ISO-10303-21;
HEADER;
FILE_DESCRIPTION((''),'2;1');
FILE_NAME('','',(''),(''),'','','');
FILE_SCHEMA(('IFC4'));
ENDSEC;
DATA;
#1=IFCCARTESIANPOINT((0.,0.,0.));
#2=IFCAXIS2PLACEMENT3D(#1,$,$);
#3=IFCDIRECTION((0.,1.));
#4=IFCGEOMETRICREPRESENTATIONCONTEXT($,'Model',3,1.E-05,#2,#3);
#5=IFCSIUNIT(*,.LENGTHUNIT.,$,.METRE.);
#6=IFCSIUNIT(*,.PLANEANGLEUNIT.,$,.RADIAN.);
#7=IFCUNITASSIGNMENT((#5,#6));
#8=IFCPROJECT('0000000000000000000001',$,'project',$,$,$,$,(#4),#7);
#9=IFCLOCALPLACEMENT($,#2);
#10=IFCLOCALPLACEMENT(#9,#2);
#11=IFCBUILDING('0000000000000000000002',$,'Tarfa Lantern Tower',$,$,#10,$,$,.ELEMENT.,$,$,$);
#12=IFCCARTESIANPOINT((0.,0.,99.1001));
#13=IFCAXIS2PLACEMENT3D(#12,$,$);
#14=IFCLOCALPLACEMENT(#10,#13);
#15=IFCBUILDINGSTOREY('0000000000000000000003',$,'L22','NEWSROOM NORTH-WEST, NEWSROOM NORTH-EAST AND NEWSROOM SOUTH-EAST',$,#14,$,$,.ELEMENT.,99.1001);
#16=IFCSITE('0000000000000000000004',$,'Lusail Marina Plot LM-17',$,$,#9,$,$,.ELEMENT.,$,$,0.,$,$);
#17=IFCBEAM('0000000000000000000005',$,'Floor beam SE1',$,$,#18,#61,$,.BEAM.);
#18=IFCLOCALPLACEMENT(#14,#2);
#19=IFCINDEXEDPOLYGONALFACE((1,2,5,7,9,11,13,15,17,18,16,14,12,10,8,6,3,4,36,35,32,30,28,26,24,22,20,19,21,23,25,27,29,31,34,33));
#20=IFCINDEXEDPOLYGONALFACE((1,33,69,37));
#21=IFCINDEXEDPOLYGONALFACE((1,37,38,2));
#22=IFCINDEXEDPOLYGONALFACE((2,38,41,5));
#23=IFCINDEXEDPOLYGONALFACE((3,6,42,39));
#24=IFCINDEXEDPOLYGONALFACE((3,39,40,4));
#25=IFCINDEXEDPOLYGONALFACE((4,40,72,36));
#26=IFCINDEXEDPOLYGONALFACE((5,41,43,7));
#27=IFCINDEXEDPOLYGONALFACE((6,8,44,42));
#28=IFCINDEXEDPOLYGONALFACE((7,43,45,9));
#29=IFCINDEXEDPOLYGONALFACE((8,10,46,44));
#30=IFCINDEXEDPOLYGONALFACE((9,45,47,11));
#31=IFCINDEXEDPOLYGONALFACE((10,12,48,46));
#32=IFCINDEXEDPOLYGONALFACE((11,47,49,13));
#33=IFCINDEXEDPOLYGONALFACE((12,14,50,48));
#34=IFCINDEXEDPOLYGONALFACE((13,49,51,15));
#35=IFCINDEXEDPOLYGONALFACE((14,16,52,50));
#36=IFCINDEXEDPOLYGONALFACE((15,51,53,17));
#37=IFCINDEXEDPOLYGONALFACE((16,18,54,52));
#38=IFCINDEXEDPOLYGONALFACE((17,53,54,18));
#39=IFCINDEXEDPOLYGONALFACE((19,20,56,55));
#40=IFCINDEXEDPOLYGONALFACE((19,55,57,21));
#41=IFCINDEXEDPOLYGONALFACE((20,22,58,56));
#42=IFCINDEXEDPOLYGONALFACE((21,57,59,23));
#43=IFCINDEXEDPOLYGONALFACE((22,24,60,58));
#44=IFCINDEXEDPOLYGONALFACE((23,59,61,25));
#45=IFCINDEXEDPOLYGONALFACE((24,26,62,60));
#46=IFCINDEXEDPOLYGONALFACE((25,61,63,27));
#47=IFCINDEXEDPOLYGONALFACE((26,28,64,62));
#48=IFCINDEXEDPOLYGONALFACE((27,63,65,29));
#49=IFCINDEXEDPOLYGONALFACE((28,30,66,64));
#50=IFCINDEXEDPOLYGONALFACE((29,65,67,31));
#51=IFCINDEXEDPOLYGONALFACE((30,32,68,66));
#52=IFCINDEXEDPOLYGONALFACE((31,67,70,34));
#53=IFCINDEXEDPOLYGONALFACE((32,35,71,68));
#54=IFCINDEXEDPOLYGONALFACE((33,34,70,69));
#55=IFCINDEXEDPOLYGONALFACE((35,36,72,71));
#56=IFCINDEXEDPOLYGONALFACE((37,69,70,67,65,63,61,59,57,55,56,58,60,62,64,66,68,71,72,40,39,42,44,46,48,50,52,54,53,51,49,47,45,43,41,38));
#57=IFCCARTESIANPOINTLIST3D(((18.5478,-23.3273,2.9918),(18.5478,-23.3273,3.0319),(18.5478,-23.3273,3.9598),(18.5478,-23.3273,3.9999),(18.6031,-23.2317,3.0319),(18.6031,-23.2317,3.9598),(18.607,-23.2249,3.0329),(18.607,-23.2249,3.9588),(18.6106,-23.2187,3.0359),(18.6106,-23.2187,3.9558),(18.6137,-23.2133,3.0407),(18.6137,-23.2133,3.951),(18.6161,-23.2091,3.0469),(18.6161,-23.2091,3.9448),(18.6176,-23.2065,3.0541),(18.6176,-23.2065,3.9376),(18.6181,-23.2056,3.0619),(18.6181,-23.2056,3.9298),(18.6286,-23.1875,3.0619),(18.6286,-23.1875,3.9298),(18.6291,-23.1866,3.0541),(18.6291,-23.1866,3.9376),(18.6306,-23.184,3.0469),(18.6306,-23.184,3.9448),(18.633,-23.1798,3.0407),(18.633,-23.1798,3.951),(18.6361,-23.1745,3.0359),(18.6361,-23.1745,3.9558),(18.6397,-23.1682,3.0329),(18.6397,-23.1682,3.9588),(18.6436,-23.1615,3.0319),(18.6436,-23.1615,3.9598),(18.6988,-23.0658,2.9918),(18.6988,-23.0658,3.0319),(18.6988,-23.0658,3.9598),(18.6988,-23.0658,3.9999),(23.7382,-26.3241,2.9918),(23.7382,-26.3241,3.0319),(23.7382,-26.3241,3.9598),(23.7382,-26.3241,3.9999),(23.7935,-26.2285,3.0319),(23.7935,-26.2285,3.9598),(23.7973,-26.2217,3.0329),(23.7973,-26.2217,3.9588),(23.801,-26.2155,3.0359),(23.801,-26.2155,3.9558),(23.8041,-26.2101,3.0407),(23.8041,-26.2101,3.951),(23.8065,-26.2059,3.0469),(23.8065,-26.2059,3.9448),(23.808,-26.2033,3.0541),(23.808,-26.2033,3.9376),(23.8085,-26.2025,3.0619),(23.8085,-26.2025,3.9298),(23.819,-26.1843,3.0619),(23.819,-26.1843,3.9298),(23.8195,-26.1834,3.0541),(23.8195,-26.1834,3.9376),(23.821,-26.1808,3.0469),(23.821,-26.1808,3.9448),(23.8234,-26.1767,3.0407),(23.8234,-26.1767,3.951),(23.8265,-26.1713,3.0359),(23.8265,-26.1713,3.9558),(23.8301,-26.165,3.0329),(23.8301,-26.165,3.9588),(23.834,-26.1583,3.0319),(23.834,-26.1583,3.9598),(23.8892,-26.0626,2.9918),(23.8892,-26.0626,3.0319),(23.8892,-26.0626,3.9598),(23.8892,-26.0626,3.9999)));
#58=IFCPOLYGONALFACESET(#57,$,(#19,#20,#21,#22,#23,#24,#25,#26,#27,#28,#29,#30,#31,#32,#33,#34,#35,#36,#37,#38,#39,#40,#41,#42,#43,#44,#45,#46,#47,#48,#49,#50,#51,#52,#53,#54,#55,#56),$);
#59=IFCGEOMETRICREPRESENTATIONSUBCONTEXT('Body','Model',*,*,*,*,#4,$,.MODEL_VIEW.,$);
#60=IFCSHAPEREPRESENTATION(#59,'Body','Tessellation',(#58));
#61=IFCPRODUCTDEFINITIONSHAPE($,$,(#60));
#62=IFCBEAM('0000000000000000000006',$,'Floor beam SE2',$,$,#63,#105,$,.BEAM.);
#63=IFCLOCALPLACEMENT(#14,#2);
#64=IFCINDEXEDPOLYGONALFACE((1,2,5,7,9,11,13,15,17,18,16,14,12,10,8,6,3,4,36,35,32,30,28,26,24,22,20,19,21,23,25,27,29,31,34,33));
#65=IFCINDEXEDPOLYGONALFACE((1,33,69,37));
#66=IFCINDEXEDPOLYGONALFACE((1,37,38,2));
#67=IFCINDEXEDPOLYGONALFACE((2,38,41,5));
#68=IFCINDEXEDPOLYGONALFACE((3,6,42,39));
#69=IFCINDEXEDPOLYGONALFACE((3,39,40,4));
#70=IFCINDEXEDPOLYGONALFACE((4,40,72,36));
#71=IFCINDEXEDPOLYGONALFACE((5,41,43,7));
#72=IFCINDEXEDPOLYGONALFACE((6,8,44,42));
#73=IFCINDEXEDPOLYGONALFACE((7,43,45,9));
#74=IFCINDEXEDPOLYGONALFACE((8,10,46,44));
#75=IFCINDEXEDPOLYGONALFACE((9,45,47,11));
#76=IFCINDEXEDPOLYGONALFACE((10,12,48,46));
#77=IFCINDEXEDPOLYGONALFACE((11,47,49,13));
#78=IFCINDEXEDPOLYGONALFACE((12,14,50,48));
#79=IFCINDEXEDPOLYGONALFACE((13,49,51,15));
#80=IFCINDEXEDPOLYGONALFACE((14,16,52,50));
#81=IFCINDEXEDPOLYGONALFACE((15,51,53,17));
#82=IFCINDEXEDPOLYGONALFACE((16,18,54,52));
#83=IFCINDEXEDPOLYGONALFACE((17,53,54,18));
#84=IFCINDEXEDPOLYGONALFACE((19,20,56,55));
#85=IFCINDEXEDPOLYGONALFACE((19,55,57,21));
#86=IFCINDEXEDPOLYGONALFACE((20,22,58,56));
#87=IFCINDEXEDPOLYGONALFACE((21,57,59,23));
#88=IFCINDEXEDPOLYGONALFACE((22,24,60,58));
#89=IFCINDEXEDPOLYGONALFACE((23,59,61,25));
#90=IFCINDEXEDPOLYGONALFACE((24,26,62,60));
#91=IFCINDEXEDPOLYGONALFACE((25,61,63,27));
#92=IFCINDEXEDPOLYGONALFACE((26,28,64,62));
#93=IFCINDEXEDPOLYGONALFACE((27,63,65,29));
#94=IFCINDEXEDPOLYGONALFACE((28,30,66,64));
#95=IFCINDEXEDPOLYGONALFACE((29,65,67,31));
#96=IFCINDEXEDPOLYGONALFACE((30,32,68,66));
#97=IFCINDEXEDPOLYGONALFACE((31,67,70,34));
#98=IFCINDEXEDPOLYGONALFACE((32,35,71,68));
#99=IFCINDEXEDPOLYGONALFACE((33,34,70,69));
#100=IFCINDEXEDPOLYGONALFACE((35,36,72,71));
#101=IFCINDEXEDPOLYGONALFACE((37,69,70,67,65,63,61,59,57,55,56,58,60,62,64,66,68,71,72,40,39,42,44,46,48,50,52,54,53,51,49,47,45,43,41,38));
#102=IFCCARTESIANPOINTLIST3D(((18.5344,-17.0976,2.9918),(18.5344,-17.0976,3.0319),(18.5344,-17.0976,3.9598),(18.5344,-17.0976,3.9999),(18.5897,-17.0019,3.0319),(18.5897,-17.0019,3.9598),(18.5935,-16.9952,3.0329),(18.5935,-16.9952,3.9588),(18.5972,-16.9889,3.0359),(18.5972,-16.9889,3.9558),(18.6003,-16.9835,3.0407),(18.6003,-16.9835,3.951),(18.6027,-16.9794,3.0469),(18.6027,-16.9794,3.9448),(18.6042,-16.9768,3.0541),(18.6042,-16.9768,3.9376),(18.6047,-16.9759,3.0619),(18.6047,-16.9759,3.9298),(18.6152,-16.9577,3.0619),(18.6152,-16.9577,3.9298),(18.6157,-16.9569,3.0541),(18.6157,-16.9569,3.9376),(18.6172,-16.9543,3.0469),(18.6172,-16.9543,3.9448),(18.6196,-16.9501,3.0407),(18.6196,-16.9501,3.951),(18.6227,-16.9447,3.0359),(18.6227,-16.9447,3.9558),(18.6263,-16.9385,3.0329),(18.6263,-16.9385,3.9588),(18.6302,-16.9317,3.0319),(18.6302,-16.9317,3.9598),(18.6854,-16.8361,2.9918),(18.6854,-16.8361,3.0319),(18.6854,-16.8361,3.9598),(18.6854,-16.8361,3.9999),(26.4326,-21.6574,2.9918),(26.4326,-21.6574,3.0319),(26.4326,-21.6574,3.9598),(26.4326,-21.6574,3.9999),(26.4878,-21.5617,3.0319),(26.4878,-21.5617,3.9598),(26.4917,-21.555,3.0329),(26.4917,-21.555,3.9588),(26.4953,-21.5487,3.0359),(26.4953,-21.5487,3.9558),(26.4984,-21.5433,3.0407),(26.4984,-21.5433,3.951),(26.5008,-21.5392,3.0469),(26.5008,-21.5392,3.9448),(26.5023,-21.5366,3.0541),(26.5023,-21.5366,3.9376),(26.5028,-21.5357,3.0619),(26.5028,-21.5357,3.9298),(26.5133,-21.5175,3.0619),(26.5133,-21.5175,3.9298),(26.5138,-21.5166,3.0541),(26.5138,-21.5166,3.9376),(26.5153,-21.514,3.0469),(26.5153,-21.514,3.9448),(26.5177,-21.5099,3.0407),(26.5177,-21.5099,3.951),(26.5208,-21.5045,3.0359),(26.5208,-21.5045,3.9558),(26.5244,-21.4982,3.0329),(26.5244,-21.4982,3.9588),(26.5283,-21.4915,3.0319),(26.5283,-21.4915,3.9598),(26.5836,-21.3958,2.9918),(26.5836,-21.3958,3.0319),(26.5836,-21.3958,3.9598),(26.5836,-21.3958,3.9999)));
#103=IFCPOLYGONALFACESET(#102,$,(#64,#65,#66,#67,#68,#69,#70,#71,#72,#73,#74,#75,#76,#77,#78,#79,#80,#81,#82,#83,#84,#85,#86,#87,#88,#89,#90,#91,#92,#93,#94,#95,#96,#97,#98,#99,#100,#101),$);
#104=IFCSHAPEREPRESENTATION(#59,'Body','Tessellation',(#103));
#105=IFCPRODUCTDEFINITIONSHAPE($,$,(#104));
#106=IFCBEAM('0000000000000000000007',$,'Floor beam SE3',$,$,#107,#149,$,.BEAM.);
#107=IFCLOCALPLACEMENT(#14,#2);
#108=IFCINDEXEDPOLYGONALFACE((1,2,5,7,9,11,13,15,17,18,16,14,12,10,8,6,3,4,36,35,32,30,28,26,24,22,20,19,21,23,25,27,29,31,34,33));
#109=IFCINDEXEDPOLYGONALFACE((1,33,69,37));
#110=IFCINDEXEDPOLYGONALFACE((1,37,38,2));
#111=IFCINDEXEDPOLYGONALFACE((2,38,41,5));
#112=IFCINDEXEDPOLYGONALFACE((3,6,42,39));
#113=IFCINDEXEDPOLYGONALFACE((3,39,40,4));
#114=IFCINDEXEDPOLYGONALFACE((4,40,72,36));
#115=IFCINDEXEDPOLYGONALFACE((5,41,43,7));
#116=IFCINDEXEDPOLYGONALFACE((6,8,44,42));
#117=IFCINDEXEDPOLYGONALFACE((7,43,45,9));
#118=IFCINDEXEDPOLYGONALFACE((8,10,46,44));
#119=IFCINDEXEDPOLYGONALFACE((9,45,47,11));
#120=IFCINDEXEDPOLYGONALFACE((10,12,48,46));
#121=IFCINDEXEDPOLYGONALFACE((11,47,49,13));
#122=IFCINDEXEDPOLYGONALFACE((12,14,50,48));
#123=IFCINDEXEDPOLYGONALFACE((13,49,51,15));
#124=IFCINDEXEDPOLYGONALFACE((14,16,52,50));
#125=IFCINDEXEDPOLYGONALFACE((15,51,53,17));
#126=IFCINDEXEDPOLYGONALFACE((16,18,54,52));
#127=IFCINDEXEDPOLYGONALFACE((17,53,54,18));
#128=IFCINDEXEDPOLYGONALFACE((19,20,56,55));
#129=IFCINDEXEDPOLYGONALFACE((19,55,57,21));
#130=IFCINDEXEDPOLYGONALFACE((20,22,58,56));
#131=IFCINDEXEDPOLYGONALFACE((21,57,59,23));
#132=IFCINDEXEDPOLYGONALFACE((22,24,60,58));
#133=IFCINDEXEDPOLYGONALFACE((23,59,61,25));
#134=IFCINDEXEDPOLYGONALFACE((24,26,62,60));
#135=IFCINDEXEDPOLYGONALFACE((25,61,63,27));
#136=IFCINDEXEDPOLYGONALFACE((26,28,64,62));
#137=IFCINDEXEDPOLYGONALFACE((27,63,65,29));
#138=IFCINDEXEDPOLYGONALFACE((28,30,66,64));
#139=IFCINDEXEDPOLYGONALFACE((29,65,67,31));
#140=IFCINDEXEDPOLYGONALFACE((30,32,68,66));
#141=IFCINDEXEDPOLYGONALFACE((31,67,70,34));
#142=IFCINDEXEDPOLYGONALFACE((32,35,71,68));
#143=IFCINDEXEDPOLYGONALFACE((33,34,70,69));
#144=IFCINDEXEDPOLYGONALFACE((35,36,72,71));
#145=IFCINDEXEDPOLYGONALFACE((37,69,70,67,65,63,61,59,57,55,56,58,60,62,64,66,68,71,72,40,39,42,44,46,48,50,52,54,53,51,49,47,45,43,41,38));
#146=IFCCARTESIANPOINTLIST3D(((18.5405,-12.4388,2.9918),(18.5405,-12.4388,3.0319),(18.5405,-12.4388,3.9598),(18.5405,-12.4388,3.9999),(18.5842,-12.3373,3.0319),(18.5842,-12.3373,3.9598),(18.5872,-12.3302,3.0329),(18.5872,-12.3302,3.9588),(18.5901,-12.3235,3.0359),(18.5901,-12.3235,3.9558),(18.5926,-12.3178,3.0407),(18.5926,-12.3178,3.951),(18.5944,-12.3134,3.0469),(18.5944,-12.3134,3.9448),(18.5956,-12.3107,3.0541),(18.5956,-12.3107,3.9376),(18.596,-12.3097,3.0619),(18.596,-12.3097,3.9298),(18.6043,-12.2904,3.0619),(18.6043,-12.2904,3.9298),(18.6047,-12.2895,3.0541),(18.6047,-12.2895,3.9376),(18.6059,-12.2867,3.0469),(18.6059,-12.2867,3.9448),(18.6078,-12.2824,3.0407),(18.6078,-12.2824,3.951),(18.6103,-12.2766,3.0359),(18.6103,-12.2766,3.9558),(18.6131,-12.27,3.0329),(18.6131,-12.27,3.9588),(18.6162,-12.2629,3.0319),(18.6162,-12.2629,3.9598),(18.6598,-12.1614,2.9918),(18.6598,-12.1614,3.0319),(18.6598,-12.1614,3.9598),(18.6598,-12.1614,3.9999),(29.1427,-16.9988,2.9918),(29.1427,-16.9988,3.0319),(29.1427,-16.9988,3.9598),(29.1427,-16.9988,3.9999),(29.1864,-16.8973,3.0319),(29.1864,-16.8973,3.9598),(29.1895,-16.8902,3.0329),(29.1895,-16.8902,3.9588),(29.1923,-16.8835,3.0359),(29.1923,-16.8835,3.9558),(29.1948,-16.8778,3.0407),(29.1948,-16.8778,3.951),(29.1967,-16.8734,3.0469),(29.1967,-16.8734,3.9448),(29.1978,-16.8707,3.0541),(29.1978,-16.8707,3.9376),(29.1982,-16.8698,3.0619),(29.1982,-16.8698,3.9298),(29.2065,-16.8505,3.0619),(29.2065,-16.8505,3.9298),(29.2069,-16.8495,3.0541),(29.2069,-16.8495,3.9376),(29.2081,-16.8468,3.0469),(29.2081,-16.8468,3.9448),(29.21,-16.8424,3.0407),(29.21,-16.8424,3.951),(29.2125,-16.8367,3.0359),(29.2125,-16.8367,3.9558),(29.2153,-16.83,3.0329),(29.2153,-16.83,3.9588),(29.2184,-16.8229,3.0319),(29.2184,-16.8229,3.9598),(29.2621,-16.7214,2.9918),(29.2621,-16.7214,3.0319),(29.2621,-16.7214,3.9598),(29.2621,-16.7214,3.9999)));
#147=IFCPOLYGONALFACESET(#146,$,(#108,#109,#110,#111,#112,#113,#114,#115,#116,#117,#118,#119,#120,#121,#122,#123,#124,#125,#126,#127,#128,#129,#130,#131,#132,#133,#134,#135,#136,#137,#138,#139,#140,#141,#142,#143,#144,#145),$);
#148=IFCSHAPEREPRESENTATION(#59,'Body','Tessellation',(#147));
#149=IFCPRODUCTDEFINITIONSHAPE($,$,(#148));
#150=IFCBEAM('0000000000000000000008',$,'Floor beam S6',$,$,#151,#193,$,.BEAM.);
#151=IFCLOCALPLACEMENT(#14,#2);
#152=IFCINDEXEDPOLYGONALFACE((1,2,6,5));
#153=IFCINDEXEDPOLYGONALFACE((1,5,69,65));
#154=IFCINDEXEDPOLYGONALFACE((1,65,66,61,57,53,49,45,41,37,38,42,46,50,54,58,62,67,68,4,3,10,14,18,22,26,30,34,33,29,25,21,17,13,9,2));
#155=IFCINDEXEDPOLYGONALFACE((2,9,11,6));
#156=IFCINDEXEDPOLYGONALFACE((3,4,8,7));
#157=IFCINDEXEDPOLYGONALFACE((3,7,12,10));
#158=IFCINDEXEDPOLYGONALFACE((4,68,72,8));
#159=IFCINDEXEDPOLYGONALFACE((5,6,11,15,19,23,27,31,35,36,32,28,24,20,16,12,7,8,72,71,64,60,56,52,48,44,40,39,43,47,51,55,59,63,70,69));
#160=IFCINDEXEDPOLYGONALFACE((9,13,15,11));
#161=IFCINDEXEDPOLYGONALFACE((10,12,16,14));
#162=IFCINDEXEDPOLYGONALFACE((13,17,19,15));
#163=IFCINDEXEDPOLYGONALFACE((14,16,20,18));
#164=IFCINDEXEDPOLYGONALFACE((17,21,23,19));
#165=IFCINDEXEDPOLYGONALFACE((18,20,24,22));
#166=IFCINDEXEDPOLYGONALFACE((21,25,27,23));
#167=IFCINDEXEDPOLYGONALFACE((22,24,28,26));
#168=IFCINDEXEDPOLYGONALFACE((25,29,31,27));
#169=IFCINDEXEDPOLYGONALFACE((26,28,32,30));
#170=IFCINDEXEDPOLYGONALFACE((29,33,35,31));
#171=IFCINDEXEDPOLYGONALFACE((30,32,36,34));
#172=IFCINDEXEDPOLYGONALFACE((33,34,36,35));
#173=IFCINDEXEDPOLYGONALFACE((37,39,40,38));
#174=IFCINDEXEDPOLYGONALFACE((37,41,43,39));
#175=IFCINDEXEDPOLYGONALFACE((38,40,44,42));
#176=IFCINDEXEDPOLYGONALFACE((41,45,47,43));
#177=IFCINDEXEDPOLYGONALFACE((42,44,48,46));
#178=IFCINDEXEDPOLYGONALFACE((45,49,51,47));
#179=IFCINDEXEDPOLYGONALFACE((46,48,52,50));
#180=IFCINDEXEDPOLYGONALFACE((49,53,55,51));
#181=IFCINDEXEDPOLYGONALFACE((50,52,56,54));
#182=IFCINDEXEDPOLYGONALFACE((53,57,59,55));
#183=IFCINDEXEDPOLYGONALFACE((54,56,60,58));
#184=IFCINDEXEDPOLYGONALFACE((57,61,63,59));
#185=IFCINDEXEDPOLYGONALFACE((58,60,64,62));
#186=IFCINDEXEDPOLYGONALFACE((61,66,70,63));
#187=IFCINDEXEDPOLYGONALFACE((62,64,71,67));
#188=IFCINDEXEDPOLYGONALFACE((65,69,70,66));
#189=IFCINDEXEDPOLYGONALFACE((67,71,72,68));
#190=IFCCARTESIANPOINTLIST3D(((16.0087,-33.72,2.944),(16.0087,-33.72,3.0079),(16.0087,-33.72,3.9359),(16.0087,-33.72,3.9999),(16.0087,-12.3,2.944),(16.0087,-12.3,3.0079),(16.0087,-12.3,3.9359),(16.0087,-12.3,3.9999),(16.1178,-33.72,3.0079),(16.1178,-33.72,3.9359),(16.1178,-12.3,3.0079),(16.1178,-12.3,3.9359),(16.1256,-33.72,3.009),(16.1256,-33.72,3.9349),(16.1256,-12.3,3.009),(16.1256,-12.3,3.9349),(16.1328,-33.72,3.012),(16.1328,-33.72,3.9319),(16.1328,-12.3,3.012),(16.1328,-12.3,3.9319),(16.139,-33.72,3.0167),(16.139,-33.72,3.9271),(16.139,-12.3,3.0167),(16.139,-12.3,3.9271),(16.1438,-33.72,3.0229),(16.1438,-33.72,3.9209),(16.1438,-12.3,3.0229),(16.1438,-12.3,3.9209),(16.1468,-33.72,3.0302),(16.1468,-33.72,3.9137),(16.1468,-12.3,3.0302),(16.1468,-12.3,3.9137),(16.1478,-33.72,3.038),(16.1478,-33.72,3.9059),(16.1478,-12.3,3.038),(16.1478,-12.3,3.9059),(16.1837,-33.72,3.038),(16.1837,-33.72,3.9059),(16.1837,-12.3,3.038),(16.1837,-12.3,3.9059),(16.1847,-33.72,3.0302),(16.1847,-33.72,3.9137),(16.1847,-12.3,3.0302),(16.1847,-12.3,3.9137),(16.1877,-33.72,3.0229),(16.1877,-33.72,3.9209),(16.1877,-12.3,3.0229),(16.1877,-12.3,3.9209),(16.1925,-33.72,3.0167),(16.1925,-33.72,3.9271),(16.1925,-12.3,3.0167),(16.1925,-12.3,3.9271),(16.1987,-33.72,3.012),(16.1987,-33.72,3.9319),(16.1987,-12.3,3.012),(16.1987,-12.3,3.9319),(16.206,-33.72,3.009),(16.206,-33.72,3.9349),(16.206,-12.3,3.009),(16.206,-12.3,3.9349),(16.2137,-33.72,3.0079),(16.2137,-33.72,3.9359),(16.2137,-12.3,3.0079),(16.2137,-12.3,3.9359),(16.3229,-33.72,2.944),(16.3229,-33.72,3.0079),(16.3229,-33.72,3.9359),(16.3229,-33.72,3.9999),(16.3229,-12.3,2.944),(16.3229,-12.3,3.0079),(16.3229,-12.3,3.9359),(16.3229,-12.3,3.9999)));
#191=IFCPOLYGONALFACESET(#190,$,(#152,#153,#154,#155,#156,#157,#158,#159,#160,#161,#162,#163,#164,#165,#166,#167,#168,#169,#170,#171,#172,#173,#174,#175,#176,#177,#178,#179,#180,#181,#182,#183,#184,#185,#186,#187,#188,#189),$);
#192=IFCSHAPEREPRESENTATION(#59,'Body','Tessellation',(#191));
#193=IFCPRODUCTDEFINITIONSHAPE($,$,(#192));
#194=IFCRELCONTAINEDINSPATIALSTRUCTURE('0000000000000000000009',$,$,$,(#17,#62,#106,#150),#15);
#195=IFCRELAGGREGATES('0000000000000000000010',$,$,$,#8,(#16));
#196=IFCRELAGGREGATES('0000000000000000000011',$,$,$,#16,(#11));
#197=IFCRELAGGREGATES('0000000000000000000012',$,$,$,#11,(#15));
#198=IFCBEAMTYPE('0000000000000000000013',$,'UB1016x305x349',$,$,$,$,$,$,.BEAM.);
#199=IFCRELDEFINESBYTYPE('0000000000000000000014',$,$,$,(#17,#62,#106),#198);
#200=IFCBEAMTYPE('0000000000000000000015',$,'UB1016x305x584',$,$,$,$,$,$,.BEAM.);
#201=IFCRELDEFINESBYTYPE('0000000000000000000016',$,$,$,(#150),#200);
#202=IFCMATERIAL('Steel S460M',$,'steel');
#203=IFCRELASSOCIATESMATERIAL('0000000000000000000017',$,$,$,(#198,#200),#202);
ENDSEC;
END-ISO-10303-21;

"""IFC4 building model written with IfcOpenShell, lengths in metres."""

from ifc_helpers import new_model, si_unit, direction, frame, origin, origin_2d, place, context, subcontext, project, spatial, i_section, extrude, material, material_profile, profile_set, type_object, element, save


model = new_model("IFC4")

# Units and contexts
model_context = context("Model", 3, precision=1e-05, world=origin(), true_north=direction((0.0, 1.0)))
body_context = subcontext(model_context, "Body", "Model", "MODEL_VIEW")
ifc_project = project(units=[si_unit("LENGTHUNIT", "METRE"), si_unit("PLANEANGLEUNIT", "RADIAN")], contexts=[model_context])

# Site, building, storey
site_placement = place(None, origin())
site = spatial("IfcSite", under=ifc_project, at=site_placement, Name="Lusail Marina Plot LM-17", CompositionType="ELEMENT", RefElevation=0.0)
building_placement = place(site_placement, origin())
building = spatial("IfcBuilding", under=site, at=building_placement, Name="Tarfa Lantern Tower", CompositionType="ELEMENT")
storey_placement = place(building_placement, frame((0.0, 0.0, 99.1001)))
storey = spatial("IfcBuildingStorey", under=building, at=storey_placement, Name="L22", Description="NEWSROOM NORTH-WEST, NEWSROOM NORTH-EAST AND NEWSROOM SOUTH-EAST", CompositionType="ELEMENT", Elevation=99.1001)

# Beams
ifc_material_1 = material(Name="Steel S460M", Category="steel")
ifc_material_profile_1 = material_profile(ifc_material_1, i_section(OverallWidth=0.302, OverallDepth=1.0081, WebThickness=0.021, FlangeThickness=0.04, FilletRadius=0.03, at=origin_2d()), Name="UB1016x305x349")
ifc_profile_set_1 = profile_set([ifc_material_profile_1], Name="Steel S460M")
beam_type_1 = type_object("IfcBeamType", Name="UB1016x305x349", PredefinedType="BEAM", material=ifc_profile_set_1)
beam_1_placement = place(storey_placement, frame((23.8137, -26.1934, 3.4958), z_axis=(-0.866016, 0.500016, 0.0), x_axis=(-0.500016, -0.866016, 0.0)))
element("IfcBeam", 1, at=beam_1_placement, inside=storey, type_object=beam_type_1, Name="Floor beam SE1", PredefinedType="BEAM", context=body_context, shape_type="SweptSolid", body=[
    extrude(i_section(OverallWidth=0.302, OverallDepth=1.0081, WebThickness=0.021, FlangeThickness=0.04, FilletRadius=0.03, at=origin_2d()), origin(), (0.0, 0.0, 1.0), 5.9934),
])
beam_2_placement = place(storey_placement, frame((26.5081, -21.5266, 3.4958), z_axis=(-0.866035, 0.499983, 0.0), x_axis=(-0.499983, -0.866035, 0.0)))
element("IfcBeam", 2, at=beam_2_placement, inside=storey, type_object=beam_type_1, Name="Floor beam SE2", PredefinedType="BEAM", context=body_context, shape_type="SweptSolid", body=[
    extrude(i_section(OverallWidth=0.302, OverallDepth=1.0081, WebThickness=0.021, FlangeThickness=0.04, FilletRadius=0.03, at=origin_2d()), origin(), (0.0, 0.0, 1.0), 9.1199),
])
beam_3_placement = place(storey_placement, frame((29.2024, -16.8601, 3.4958), z_axis=(-0.918635, 0.395106, 0.0), x_axis=(-0.395106, -0.918635, 0.0)))
element("IfcBeam", 3, at=beam_3_placement, inside=storey, type_object=beam_type_1, Name="Floor beam SE3", PredefinedType="BEAM", context=body_context, shape_type="SweptSolid", body=[
    extrude(i_section(OverallWidth=0.302, OverallDepth=1.0081, WebThickness=0.021, FlangeThickness=0.04, FilletRadius=0.03, at=origin_2d()), origin(), (0.0, 0.0, 1.0), 11.5413),
])
ifc_material_profile_2 = material_profile(ifc_material_1, i_section(OverallWidth=0.3142, OverallDepth=1.0559, WebThickness=0.0359, FlangeThickness=0.064, FilletRadius=0.03, at=origin_2d()), Name="UB1016x305x584")
ifc_profile_set_2 = profile_set([ifc_material_profile_2], Name="Steel S460M")
beam_type_2 = type_object("IfcBeamType", Name="UB1016x305x584", PredefinedType="BEAM", material=ifc_profile_set_2)
beam_4_placement = place(storey_placement, frame((16.1658, -33.72, 3.4719), z_axis=(0.0, 1.0, 0.0), x_axis=(-1.0, 0.0, 0.0)))
element("IfcBeam", 4, at=beam_4_placement, inside=storey, type_object=beam_type_2, Name="Floor beam S6", PredefinedType="BEAM", context=body_context, shape_type="SweptSolid", body=[
    extrude(i_section(OverallWidth=0.3142, OverallDepth=1.0559, WebThickness=0.0359, FlangeThickness=0.064, FilletRadius=0.03, at=origin_2d()), origin(), (0.0, 0.0, 1.0), 21.4199),
])

save(model, "model.ifc")
